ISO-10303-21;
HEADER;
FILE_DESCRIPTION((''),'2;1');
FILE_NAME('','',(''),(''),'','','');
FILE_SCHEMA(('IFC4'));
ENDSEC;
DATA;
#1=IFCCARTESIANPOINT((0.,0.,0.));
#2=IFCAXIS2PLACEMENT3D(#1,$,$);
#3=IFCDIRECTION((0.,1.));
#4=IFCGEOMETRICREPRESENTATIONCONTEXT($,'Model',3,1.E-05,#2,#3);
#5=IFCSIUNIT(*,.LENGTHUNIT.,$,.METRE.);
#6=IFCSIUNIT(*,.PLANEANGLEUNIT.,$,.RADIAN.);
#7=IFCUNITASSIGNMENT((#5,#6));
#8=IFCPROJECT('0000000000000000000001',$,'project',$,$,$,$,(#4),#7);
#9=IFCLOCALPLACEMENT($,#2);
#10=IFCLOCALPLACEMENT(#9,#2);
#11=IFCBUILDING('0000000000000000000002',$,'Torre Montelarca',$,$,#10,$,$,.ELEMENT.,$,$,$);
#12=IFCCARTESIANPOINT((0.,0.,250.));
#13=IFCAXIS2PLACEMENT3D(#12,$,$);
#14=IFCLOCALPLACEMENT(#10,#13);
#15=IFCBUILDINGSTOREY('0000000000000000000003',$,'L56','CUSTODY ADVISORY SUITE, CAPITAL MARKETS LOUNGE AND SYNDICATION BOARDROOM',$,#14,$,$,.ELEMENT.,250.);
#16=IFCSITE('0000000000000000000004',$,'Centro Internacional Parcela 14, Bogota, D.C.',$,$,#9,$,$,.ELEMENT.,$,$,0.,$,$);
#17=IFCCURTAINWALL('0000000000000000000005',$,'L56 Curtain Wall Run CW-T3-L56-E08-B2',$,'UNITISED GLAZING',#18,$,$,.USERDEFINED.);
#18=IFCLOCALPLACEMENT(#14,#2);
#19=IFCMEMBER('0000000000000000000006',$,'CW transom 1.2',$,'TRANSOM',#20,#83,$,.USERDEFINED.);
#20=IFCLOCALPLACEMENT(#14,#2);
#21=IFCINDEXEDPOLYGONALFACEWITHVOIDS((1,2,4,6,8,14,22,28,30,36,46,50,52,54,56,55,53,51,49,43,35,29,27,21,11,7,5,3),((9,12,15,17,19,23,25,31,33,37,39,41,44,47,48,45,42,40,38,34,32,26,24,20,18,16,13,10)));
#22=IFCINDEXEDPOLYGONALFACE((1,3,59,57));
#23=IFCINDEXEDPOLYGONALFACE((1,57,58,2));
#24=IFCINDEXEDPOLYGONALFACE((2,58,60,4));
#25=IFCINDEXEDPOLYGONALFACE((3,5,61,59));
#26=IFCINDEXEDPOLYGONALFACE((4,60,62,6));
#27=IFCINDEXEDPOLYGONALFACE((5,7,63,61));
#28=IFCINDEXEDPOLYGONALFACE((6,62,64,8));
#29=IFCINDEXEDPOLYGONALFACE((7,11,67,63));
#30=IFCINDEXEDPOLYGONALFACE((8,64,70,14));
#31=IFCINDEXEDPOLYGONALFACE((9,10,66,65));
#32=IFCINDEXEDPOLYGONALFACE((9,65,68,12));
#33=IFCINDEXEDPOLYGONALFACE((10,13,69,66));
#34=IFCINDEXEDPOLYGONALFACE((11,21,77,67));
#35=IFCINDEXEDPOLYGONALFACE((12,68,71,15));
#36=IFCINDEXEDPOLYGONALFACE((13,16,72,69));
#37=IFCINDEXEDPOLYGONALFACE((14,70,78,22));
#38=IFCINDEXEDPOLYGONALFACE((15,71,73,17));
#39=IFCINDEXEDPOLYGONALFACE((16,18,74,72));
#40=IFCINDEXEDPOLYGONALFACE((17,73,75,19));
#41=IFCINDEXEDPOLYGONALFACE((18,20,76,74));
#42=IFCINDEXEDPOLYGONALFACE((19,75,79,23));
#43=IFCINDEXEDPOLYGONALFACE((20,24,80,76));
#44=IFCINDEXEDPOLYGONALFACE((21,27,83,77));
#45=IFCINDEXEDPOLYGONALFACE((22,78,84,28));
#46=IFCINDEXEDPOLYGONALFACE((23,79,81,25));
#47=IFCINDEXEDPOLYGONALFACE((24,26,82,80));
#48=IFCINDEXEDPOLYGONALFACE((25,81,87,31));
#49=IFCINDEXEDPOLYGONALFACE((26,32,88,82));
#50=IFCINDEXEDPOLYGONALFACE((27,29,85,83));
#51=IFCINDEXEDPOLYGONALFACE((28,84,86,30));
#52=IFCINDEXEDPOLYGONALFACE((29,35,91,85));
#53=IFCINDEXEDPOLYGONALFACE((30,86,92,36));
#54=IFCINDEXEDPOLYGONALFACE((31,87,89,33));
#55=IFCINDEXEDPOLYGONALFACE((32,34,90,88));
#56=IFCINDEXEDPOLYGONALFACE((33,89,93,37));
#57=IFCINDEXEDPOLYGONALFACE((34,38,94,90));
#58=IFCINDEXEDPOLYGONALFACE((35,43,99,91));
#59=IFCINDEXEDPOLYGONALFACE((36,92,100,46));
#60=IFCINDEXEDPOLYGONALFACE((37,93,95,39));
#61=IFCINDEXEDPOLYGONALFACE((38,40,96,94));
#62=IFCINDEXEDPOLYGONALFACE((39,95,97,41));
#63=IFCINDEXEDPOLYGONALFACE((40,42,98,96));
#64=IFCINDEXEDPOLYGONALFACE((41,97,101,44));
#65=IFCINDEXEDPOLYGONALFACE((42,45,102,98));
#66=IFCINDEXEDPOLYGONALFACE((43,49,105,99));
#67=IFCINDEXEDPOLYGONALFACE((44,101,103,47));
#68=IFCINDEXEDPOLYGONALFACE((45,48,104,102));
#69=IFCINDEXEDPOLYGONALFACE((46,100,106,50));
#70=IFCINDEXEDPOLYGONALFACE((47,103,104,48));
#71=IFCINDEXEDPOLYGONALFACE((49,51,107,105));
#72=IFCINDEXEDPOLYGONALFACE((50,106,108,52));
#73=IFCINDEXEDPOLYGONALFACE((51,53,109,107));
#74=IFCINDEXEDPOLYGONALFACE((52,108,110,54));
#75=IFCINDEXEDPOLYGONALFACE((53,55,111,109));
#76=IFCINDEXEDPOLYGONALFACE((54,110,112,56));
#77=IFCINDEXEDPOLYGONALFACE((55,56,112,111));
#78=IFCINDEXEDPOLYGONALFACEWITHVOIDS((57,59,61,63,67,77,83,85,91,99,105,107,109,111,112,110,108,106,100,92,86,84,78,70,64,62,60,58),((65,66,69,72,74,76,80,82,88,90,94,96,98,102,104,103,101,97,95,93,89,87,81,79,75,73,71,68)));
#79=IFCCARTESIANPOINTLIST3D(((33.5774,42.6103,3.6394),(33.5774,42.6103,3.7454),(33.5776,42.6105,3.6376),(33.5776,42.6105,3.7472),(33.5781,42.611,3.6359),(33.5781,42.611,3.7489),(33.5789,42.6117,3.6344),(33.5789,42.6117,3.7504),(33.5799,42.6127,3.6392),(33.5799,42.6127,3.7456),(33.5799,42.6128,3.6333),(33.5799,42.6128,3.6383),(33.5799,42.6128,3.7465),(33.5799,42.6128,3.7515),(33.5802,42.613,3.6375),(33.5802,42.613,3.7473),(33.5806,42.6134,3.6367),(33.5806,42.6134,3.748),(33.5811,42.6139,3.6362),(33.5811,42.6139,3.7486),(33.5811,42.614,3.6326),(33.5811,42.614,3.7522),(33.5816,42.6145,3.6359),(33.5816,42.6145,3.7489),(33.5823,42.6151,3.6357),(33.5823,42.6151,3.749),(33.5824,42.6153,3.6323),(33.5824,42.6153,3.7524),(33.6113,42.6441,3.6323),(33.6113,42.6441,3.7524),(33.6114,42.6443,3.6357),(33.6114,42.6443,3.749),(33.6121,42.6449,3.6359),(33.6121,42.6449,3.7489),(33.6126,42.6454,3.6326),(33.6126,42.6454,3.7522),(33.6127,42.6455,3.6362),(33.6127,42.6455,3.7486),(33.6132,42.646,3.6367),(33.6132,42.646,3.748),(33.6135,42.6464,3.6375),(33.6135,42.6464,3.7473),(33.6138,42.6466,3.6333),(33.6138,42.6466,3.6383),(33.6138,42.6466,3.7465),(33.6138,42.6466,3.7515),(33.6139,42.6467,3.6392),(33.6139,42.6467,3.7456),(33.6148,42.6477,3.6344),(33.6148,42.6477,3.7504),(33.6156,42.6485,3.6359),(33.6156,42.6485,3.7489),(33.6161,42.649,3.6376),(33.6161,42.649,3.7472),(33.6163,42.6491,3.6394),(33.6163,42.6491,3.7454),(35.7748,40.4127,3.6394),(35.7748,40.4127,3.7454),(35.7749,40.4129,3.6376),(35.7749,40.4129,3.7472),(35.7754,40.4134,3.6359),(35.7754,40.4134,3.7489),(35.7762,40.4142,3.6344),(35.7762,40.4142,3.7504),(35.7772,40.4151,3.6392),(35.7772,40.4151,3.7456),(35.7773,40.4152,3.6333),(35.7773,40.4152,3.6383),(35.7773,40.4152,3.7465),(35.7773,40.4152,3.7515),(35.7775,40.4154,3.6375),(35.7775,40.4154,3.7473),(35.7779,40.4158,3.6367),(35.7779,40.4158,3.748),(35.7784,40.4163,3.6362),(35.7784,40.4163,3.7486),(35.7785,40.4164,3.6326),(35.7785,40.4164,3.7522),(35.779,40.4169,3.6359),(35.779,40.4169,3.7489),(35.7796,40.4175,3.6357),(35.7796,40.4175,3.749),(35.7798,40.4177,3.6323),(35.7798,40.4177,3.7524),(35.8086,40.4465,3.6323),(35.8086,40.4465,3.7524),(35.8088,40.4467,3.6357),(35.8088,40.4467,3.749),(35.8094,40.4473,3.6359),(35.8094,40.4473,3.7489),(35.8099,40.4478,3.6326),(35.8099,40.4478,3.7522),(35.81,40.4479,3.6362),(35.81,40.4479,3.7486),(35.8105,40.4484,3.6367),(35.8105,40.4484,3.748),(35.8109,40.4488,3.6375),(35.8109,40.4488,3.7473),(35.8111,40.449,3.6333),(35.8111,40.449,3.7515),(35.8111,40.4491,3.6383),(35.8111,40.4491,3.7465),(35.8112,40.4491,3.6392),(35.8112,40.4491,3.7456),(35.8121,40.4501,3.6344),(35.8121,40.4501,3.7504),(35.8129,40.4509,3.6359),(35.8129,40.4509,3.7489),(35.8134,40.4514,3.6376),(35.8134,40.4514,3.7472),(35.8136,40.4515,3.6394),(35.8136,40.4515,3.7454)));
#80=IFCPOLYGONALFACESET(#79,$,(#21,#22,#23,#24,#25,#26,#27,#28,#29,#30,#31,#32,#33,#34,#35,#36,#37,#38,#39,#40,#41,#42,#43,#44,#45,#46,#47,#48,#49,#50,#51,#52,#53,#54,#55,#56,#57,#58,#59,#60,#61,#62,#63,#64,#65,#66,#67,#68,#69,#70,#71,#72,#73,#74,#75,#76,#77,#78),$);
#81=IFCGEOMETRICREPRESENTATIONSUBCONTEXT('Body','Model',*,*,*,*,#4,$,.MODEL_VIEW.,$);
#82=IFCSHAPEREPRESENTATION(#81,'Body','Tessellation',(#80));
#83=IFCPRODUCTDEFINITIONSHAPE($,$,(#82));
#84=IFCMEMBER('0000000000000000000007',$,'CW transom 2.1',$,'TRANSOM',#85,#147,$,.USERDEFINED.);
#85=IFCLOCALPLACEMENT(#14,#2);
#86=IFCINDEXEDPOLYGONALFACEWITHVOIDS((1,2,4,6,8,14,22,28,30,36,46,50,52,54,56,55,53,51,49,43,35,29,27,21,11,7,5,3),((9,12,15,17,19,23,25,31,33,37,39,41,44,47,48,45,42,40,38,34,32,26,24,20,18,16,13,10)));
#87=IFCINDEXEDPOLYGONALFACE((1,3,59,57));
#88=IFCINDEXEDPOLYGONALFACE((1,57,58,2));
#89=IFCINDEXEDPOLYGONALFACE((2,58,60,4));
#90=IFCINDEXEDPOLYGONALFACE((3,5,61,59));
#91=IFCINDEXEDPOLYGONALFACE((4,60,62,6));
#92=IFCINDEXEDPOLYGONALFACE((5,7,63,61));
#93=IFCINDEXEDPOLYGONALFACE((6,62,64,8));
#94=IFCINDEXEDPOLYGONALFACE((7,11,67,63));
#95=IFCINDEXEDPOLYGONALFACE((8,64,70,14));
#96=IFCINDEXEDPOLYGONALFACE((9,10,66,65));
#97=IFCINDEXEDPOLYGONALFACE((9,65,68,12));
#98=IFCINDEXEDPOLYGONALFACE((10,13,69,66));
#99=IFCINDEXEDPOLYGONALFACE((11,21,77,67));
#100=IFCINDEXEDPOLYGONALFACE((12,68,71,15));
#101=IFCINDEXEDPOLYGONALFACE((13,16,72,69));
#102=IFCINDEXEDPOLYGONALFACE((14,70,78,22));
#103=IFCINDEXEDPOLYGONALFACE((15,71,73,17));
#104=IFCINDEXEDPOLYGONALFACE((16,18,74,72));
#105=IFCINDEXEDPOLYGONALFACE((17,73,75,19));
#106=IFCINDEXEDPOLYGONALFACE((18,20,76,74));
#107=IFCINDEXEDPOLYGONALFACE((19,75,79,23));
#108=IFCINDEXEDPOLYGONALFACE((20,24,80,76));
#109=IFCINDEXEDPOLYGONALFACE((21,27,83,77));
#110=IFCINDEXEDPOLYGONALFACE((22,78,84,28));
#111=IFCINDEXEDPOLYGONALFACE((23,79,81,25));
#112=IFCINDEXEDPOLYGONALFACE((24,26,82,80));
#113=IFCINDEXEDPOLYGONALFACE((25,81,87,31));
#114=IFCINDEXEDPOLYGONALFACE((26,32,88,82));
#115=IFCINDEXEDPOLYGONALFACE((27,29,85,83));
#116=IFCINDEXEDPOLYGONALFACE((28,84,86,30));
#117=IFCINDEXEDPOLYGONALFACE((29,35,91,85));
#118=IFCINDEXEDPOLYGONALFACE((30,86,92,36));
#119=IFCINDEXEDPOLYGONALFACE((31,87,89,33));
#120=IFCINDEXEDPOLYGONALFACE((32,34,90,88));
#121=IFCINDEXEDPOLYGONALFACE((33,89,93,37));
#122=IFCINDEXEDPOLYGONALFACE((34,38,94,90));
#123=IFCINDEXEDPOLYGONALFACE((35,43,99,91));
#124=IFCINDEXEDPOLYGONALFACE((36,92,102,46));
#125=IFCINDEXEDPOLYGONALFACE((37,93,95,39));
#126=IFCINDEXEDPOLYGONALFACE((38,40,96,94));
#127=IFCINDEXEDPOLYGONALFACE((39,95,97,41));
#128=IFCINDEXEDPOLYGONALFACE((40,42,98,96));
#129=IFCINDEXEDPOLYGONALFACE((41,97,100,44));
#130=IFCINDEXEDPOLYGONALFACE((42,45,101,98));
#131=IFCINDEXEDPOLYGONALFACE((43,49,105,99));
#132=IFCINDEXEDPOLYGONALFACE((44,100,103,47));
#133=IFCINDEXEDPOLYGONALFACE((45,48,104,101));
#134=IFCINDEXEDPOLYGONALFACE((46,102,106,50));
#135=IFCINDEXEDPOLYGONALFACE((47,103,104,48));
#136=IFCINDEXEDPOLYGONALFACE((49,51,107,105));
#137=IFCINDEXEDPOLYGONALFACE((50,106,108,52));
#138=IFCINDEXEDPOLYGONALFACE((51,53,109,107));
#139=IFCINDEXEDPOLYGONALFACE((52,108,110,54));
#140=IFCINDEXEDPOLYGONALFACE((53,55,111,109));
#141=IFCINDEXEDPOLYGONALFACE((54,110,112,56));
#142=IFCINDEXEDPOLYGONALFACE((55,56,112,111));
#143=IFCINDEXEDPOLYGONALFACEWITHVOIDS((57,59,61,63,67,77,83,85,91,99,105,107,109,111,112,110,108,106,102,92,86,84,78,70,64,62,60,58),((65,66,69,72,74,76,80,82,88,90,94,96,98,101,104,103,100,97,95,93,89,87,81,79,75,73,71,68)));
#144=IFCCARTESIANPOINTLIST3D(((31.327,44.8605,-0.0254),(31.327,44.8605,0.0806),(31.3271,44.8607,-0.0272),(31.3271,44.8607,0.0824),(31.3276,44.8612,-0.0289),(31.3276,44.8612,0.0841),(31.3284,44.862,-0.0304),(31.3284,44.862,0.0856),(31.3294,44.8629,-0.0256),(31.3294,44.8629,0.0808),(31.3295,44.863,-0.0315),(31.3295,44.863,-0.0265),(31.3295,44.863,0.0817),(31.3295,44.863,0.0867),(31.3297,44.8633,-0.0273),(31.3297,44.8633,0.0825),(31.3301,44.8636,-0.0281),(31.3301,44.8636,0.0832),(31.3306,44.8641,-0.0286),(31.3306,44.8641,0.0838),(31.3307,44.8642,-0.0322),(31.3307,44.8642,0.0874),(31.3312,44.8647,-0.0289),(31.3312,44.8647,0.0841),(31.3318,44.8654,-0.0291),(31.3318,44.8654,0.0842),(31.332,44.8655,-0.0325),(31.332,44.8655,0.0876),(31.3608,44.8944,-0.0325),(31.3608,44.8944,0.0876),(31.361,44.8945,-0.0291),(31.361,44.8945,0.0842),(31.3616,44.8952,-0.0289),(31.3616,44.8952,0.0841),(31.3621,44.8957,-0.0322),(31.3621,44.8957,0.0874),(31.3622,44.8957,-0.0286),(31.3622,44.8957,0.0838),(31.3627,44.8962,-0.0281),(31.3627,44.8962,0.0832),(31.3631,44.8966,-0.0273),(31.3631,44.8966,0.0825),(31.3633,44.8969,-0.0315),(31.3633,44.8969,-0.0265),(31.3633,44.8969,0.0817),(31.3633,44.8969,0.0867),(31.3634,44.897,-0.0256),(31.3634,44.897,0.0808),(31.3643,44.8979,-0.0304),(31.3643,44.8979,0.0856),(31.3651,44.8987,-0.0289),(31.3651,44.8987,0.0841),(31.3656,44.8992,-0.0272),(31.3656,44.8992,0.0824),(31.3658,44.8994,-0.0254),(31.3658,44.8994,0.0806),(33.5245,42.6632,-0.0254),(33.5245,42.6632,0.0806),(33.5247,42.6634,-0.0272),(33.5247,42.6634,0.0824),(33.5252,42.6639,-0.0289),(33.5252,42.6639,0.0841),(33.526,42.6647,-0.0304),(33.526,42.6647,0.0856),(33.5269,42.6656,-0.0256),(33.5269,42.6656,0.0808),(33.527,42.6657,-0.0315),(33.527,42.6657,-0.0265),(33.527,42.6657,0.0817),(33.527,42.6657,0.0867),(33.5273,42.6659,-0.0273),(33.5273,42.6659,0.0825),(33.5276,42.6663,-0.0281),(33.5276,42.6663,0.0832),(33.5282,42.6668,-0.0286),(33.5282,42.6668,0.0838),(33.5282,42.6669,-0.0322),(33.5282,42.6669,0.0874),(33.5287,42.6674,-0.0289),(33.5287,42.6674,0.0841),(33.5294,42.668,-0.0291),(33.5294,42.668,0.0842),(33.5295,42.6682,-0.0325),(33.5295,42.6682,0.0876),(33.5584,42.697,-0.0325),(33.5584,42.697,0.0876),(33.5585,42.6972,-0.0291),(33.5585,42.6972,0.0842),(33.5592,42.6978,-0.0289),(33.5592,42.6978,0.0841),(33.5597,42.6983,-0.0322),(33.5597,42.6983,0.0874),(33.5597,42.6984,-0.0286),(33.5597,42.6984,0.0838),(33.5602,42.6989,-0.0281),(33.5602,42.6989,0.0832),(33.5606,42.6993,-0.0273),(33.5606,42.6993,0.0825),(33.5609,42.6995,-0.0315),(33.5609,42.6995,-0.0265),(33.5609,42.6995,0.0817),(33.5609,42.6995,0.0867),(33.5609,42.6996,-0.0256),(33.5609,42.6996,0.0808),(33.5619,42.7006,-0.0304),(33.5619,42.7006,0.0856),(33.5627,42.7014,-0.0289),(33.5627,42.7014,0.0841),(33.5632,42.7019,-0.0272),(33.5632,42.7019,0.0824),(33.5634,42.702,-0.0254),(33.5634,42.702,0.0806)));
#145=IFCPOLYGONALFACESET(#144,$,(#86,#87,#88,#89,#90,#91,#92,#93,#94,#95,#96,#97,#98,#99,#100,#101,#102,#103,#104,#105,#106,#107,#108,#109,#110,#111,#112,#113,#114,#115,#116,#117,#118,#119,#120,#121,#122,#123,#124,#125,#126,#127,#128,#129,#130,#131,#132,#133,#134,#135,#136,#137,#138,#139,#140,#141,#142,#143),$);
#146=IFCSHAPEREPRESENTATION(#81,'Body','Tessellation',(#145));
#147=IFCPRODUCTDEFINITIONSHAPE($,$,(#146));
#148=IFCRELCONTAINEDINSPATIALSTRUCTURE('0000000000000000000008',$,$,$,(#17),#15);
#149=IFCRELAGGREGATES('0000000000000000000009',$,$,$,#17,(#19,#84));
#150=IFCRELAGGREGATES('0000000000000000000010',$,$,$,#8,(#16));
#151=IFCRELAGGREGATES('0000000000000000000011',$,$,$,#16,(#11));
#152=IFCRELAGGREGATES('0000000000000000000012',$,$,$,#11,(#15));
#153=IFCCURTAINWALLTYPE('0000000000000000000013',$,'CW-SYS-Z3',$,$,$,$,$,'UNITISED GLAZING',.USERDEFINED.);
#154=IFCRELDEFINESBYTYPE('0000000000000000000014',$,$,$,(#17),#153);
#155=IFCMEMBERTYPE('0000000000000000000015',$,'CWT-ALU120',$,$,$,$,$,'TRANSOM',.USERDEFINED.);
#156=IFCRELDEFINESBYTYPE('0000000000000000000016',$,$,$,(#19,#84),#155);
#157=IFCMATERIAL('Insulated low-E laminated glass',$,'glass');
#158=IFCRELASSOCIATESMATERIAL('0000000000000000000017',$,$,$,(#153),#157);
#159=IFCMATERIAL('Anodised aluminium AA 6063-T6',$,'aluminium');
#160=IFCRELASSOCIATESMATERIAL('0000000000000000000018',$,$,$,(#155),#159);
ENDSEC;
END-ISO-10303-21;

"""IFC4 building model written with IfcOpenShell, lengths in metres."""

from ifc_helpers import new_model, si_unit, direction, frame, origin, origin_2d, place, context, subcontext, project, spatial, hollow_rectangle, extrude, source, transform, mapped, material, material_profile, profile_set, type_object, element, aggregate, save


model = new_model("IFC4")

# Units and contexts
model_context = context("Model", 3, precision=1e-05, world=origin(), true_north=direction((0.0, 1.0)))
body_context = subcontext(model_context, "Body", "Model", "MODEL_VIEW")
ifc_project = project(units=[si_unit("LENGTHUNIT", "METRE"), si_unit("PLANEANGLEUNIT", "RADIAN")], contexts=[model_context])

# Site, building, storey
site_placement = place(None, origin())
site = spatial("IfcSite", under=ifc_project, at=site_placement, Name="Centro Internacional Parcela 14, Bogota, D.C.", CompositionType="ELEMENT", RefElevation=0.0)
building_placement = place(site_placement, origin())
building = spatial("IfcBuilding", under=site, at=building_placement, Name="Torre Montelarca", CompositionType="ELEMENT")
storey_placement = place(building_placement, frame((0.0, 0.0, 250.0)))
storey = spatial("IfcBuildingStorey", under=building, at=storey_placement, Name="L56", Description="CUSTODY ADVISORY SUITE, CAPITAL MARKETS LOUNGE AND SYNDICATION BOARDROOM", CompositionType="ELEMENT", Elevation=250.0)

# Curtain wall
ifc_material_1 = material(Name="Insulated low-E laminated glass", Category="glass")
curtain_wall_type = type_object("IfcCurtainWallType", Name="CW-SYS-Z3", ElementType="UNITISED GLAZING", PredefinedType="USERDEFINED", material=ifc_material_1)
curtain_wall_1_placement = place(storey_placement, origin())
curtain_wall_1 = element("IfcCurtainWall", 1, at=curtain_wall_1_placement, inside=storey, type_object=curtain_wall_type, Name="L56 Curtain Wall Run CW-T3-L56-E08-B2", ObjectType="UNITISED GLAZING", PredefinedType="USERDEFINED")
ifc_material_2 = material(Name="Anodised aluminium AA 6063-T6", Category="aluminium")

# Members
ifc_material_profile_1 = material_profile(ifc_material_2, hollow_rectangle(XDim=0.0549, YDim=0.1201, WallThickness=0.0034, InnerFilletRadius=0.0034, OuterFilletRadius=0.0071, at=origin_2d()), Name="ALU55X120X3.5", Category="aluminium")
ifc_profile_set_1 = profile_set([ifc_material_profile_1], Name="Anodised aluminium AA 6063-T6")
member_type_1 = type_object("IfcMemberType", Name="CWT-ALU120", ElementType="TRANSOM", PredefinedType="USERDEFINED", material=ifc_profile_set_1)
shared_shape_1 = source(origin(), body_context, "Body", "SweptSolid", [
    extrude(hollow_rectangle(XDim=0.0549, YDim=0.1201, WallThickness=0.0034, InnerFilletRadius=0.0034, OuterFilletRadius=0.0071, at=origin_2d()), origin(), (0.0, 0.0, 1.0), 3.1077),
])
member_1_placement = place(storey_placement, frame((35.7942, 40.4321, 3.6924), z_axis=(-0.707067, 0.707146, 0.0), x_axis=(-0.707146, -0.707067, 0.0)))
member_1 = element("IfcMember", 2, at=member_1_placement, type_object=member_type_1, Name="CW transom 1.2", ObjectType="TRANSOM", PredefinedType="USERDEFINED", context=body_context, shape_type="MappedRepresentation", body=[
    mapped(shared_shape_1, transform((0.0, 0.0, 0.0), scale=1.0)),
])
member_2_placement = place(storey_placement, frame((33.5439, 42.6826, 0.0276), z_axis=(-0.707146, 0.707067, 0.0), x_axis=(-0.707067, -0.707146, 0.0)))
member_2 = element("IfcMember", 3, at=member_2_placement, type_object=member_type_1, Name="CW transom 2.1", ObjectType="TRANSOM", PredefinedType="USERDEFINED", context=body_context, shape_type="MappedRepresentation", body=[
    mapped(shared_shape_1, transform((0.0, 0.0, 0.0), scale=1.0)),
])

aggregate(curtain_wall_1, [member_1, member_2])

save(model, "model.ifc")
